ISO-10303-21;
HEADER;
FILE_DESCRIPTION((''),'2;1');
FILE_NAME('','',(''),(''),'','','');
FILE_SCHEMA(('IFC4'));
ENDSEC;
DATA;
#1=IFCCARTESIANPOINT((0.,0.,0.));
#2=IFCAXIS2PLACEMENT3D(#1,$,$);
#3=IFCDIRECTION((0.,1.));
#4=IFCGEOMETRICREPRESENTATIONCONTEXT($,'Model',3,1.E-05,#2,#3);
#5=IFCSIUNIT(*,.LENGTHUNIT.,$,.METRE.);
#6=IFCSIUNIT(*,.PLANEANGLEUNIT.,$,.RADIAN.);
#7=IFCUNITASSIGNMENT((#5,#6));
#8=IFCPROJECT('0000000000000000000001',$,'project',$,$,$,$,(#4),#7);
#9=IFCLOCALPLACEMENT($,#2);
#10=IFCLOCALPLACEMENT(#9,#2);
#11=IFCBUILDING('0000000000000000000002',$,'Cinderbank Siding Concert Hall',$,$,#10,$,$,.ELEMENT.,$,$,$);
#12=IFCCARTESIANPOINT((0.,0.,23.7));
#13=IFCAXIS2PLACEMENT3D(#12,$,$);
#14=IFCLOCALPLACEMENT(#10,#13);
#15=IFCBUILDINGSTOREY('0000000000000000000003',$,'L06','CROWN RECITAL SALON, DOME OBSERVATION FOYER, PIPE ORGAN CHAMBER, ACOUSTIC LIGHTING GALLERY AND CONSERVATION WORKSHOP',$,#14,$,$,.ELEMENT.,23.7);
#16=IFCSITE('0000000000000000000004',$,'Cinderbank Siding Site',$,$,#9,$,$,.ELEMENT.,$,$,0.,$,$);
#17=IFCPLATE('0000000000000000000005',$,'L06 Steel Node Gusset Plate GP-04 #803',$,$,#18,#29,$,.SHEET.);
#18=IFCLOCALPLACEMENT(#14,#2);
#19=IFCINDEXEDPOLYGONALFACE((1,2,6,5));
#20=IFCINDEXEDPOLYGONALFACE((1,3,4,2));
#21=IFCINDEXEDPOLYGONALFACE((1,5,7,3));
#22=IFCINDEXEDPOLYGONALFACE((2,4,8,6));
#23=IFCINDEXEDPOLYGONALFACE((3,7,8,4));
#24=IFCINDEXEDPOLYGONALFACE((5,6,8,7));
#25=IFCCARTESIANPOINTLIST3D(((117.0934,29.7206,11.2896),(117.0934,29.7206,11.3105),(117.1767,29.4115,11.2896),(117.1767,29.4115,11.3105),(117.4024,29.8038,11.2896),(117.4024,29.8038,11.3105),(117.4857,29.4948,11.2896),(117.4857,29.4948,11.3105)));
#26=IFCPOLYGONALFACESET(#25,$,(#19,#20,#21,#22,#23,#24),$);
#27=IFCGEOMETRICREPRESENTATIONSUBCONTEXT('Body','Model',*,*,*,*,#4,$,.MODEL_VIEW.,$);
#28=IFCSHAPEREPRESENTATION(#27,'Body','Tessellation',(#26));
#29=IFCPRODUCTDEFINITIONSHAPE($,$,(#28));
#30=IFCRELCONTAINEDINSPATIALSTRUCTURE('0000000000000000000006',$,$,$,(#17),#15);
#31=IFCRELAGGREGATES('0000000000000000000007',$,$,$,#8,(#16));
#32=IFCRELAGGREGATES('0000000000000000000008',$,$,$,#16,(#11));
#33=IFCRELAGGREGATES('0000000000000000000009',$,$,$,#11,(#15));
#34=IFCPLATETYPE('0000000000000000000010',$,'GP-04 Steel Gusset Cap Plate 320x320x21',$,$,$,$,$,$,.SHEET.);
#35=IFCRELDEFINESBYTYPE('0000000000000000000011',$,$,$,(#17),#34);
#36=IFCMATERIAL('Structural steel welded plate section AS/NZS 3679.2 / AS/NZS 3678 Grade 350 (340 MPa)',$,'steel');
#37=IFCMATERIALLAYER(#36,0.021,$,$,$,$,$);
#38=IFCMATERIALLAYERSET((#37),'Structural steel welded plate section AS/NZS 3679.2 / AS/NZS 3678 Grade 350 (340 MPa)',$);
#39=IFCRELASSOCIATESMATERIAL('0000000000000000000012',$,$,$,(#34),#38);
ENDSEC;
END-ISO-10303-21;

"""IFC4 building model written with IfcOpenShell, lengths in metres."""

from ifc_helpers import new_model, si_unit, direction, frame, origin, origin_2d, place, context, subcontext, project, spatial, rectangle, extrude, material, layer, layer_set, type_object, element, save


model = new_model("IFC4")

# Units and contexts
model_context = context("Model", 3, precision=1e-05, world=origin(), true_north=direction((0.0, 1.0)))
body_context = subcontext(model_context, "Body", "Model", "MODEL_VIEW")
ifc_project = project(units=[si_unit("LENGTHUNIT", "METRE"), si_unit("PLANEANGLEUNIT", "RADIAN")], contexts=[model_context])

# Site, building, storey
site_placement = place(None, origin())
site = spatial("IfcSite", under=ifc_project, at=site_placement, Name="Cinderbank Siding Site", CompositionType="ELEMENT", RefElevation=0.0)
building_placement = place(site_placement, origin())
building = spatial("IfcBuilding", under=site, at=building_placement, Name="Cinderbank Siding Concert Hall", CompositionType="ELEMENT")
storey_placement = place(building_placement, frame((0.0, 0.0, 23.7)))
storey = spatial("IfcBuildingStorey", under=building, at=storey_placement, Name="L06", Description="CROWN RECITAL SALON, DOME OBSERVATION FOYER, PIPE ORGAN CHAMBER, ACOUSTIC LIGHTING GALLERY AND CONSERVATION WORKSHOP", CompositionType="ELEMENT", Elevation=23.7)

# Plate
ifc_material_1 = material(Name="Structural steel welded plate section AS/NZS 3679.2 / AS/NZS 3678 Grade 350 (340 MPa)", Category="steel")
ifc_layer_1 = layer(ifc_material_1, 0.021)
ifc_layer_set_1 = layer_set([ifc_layer_1], Name="Structural steel welded plate section AS/NZS 3679.2 / AS/NZS 3678 Grade 350 (340 MPa)")
plate_type_1 = type_object("IfcPlateType", Name="GP-04 Steel Gusset Cap Plate 320x320x21", PredefinedType="SHEET", material=ifc_layer_set_1)
plate_1_placement = place(storey_placement, frame((117.2896, 29.6077, 11.2896), z_axis=(0.0, 0.0, 1.0), x_axis=(0.965564, 0.260167, 0.0)))
element("IfcPlate", 1, at=plate_1_placement, inside=storey, type_object=plate_type_1, Name="L06 Steel Node Gusset Plate GP-04 #803", PredefinedType="SHEET", context=body_context, shape_type="SweptSolid", body=[
    extrude(rectangle(XDim=0.3201, YDim=0.3201, at=origin_2d()), origin(), (0.0, 0.0, 1.0), 0.021),
])

save(model, "model.ifc")
